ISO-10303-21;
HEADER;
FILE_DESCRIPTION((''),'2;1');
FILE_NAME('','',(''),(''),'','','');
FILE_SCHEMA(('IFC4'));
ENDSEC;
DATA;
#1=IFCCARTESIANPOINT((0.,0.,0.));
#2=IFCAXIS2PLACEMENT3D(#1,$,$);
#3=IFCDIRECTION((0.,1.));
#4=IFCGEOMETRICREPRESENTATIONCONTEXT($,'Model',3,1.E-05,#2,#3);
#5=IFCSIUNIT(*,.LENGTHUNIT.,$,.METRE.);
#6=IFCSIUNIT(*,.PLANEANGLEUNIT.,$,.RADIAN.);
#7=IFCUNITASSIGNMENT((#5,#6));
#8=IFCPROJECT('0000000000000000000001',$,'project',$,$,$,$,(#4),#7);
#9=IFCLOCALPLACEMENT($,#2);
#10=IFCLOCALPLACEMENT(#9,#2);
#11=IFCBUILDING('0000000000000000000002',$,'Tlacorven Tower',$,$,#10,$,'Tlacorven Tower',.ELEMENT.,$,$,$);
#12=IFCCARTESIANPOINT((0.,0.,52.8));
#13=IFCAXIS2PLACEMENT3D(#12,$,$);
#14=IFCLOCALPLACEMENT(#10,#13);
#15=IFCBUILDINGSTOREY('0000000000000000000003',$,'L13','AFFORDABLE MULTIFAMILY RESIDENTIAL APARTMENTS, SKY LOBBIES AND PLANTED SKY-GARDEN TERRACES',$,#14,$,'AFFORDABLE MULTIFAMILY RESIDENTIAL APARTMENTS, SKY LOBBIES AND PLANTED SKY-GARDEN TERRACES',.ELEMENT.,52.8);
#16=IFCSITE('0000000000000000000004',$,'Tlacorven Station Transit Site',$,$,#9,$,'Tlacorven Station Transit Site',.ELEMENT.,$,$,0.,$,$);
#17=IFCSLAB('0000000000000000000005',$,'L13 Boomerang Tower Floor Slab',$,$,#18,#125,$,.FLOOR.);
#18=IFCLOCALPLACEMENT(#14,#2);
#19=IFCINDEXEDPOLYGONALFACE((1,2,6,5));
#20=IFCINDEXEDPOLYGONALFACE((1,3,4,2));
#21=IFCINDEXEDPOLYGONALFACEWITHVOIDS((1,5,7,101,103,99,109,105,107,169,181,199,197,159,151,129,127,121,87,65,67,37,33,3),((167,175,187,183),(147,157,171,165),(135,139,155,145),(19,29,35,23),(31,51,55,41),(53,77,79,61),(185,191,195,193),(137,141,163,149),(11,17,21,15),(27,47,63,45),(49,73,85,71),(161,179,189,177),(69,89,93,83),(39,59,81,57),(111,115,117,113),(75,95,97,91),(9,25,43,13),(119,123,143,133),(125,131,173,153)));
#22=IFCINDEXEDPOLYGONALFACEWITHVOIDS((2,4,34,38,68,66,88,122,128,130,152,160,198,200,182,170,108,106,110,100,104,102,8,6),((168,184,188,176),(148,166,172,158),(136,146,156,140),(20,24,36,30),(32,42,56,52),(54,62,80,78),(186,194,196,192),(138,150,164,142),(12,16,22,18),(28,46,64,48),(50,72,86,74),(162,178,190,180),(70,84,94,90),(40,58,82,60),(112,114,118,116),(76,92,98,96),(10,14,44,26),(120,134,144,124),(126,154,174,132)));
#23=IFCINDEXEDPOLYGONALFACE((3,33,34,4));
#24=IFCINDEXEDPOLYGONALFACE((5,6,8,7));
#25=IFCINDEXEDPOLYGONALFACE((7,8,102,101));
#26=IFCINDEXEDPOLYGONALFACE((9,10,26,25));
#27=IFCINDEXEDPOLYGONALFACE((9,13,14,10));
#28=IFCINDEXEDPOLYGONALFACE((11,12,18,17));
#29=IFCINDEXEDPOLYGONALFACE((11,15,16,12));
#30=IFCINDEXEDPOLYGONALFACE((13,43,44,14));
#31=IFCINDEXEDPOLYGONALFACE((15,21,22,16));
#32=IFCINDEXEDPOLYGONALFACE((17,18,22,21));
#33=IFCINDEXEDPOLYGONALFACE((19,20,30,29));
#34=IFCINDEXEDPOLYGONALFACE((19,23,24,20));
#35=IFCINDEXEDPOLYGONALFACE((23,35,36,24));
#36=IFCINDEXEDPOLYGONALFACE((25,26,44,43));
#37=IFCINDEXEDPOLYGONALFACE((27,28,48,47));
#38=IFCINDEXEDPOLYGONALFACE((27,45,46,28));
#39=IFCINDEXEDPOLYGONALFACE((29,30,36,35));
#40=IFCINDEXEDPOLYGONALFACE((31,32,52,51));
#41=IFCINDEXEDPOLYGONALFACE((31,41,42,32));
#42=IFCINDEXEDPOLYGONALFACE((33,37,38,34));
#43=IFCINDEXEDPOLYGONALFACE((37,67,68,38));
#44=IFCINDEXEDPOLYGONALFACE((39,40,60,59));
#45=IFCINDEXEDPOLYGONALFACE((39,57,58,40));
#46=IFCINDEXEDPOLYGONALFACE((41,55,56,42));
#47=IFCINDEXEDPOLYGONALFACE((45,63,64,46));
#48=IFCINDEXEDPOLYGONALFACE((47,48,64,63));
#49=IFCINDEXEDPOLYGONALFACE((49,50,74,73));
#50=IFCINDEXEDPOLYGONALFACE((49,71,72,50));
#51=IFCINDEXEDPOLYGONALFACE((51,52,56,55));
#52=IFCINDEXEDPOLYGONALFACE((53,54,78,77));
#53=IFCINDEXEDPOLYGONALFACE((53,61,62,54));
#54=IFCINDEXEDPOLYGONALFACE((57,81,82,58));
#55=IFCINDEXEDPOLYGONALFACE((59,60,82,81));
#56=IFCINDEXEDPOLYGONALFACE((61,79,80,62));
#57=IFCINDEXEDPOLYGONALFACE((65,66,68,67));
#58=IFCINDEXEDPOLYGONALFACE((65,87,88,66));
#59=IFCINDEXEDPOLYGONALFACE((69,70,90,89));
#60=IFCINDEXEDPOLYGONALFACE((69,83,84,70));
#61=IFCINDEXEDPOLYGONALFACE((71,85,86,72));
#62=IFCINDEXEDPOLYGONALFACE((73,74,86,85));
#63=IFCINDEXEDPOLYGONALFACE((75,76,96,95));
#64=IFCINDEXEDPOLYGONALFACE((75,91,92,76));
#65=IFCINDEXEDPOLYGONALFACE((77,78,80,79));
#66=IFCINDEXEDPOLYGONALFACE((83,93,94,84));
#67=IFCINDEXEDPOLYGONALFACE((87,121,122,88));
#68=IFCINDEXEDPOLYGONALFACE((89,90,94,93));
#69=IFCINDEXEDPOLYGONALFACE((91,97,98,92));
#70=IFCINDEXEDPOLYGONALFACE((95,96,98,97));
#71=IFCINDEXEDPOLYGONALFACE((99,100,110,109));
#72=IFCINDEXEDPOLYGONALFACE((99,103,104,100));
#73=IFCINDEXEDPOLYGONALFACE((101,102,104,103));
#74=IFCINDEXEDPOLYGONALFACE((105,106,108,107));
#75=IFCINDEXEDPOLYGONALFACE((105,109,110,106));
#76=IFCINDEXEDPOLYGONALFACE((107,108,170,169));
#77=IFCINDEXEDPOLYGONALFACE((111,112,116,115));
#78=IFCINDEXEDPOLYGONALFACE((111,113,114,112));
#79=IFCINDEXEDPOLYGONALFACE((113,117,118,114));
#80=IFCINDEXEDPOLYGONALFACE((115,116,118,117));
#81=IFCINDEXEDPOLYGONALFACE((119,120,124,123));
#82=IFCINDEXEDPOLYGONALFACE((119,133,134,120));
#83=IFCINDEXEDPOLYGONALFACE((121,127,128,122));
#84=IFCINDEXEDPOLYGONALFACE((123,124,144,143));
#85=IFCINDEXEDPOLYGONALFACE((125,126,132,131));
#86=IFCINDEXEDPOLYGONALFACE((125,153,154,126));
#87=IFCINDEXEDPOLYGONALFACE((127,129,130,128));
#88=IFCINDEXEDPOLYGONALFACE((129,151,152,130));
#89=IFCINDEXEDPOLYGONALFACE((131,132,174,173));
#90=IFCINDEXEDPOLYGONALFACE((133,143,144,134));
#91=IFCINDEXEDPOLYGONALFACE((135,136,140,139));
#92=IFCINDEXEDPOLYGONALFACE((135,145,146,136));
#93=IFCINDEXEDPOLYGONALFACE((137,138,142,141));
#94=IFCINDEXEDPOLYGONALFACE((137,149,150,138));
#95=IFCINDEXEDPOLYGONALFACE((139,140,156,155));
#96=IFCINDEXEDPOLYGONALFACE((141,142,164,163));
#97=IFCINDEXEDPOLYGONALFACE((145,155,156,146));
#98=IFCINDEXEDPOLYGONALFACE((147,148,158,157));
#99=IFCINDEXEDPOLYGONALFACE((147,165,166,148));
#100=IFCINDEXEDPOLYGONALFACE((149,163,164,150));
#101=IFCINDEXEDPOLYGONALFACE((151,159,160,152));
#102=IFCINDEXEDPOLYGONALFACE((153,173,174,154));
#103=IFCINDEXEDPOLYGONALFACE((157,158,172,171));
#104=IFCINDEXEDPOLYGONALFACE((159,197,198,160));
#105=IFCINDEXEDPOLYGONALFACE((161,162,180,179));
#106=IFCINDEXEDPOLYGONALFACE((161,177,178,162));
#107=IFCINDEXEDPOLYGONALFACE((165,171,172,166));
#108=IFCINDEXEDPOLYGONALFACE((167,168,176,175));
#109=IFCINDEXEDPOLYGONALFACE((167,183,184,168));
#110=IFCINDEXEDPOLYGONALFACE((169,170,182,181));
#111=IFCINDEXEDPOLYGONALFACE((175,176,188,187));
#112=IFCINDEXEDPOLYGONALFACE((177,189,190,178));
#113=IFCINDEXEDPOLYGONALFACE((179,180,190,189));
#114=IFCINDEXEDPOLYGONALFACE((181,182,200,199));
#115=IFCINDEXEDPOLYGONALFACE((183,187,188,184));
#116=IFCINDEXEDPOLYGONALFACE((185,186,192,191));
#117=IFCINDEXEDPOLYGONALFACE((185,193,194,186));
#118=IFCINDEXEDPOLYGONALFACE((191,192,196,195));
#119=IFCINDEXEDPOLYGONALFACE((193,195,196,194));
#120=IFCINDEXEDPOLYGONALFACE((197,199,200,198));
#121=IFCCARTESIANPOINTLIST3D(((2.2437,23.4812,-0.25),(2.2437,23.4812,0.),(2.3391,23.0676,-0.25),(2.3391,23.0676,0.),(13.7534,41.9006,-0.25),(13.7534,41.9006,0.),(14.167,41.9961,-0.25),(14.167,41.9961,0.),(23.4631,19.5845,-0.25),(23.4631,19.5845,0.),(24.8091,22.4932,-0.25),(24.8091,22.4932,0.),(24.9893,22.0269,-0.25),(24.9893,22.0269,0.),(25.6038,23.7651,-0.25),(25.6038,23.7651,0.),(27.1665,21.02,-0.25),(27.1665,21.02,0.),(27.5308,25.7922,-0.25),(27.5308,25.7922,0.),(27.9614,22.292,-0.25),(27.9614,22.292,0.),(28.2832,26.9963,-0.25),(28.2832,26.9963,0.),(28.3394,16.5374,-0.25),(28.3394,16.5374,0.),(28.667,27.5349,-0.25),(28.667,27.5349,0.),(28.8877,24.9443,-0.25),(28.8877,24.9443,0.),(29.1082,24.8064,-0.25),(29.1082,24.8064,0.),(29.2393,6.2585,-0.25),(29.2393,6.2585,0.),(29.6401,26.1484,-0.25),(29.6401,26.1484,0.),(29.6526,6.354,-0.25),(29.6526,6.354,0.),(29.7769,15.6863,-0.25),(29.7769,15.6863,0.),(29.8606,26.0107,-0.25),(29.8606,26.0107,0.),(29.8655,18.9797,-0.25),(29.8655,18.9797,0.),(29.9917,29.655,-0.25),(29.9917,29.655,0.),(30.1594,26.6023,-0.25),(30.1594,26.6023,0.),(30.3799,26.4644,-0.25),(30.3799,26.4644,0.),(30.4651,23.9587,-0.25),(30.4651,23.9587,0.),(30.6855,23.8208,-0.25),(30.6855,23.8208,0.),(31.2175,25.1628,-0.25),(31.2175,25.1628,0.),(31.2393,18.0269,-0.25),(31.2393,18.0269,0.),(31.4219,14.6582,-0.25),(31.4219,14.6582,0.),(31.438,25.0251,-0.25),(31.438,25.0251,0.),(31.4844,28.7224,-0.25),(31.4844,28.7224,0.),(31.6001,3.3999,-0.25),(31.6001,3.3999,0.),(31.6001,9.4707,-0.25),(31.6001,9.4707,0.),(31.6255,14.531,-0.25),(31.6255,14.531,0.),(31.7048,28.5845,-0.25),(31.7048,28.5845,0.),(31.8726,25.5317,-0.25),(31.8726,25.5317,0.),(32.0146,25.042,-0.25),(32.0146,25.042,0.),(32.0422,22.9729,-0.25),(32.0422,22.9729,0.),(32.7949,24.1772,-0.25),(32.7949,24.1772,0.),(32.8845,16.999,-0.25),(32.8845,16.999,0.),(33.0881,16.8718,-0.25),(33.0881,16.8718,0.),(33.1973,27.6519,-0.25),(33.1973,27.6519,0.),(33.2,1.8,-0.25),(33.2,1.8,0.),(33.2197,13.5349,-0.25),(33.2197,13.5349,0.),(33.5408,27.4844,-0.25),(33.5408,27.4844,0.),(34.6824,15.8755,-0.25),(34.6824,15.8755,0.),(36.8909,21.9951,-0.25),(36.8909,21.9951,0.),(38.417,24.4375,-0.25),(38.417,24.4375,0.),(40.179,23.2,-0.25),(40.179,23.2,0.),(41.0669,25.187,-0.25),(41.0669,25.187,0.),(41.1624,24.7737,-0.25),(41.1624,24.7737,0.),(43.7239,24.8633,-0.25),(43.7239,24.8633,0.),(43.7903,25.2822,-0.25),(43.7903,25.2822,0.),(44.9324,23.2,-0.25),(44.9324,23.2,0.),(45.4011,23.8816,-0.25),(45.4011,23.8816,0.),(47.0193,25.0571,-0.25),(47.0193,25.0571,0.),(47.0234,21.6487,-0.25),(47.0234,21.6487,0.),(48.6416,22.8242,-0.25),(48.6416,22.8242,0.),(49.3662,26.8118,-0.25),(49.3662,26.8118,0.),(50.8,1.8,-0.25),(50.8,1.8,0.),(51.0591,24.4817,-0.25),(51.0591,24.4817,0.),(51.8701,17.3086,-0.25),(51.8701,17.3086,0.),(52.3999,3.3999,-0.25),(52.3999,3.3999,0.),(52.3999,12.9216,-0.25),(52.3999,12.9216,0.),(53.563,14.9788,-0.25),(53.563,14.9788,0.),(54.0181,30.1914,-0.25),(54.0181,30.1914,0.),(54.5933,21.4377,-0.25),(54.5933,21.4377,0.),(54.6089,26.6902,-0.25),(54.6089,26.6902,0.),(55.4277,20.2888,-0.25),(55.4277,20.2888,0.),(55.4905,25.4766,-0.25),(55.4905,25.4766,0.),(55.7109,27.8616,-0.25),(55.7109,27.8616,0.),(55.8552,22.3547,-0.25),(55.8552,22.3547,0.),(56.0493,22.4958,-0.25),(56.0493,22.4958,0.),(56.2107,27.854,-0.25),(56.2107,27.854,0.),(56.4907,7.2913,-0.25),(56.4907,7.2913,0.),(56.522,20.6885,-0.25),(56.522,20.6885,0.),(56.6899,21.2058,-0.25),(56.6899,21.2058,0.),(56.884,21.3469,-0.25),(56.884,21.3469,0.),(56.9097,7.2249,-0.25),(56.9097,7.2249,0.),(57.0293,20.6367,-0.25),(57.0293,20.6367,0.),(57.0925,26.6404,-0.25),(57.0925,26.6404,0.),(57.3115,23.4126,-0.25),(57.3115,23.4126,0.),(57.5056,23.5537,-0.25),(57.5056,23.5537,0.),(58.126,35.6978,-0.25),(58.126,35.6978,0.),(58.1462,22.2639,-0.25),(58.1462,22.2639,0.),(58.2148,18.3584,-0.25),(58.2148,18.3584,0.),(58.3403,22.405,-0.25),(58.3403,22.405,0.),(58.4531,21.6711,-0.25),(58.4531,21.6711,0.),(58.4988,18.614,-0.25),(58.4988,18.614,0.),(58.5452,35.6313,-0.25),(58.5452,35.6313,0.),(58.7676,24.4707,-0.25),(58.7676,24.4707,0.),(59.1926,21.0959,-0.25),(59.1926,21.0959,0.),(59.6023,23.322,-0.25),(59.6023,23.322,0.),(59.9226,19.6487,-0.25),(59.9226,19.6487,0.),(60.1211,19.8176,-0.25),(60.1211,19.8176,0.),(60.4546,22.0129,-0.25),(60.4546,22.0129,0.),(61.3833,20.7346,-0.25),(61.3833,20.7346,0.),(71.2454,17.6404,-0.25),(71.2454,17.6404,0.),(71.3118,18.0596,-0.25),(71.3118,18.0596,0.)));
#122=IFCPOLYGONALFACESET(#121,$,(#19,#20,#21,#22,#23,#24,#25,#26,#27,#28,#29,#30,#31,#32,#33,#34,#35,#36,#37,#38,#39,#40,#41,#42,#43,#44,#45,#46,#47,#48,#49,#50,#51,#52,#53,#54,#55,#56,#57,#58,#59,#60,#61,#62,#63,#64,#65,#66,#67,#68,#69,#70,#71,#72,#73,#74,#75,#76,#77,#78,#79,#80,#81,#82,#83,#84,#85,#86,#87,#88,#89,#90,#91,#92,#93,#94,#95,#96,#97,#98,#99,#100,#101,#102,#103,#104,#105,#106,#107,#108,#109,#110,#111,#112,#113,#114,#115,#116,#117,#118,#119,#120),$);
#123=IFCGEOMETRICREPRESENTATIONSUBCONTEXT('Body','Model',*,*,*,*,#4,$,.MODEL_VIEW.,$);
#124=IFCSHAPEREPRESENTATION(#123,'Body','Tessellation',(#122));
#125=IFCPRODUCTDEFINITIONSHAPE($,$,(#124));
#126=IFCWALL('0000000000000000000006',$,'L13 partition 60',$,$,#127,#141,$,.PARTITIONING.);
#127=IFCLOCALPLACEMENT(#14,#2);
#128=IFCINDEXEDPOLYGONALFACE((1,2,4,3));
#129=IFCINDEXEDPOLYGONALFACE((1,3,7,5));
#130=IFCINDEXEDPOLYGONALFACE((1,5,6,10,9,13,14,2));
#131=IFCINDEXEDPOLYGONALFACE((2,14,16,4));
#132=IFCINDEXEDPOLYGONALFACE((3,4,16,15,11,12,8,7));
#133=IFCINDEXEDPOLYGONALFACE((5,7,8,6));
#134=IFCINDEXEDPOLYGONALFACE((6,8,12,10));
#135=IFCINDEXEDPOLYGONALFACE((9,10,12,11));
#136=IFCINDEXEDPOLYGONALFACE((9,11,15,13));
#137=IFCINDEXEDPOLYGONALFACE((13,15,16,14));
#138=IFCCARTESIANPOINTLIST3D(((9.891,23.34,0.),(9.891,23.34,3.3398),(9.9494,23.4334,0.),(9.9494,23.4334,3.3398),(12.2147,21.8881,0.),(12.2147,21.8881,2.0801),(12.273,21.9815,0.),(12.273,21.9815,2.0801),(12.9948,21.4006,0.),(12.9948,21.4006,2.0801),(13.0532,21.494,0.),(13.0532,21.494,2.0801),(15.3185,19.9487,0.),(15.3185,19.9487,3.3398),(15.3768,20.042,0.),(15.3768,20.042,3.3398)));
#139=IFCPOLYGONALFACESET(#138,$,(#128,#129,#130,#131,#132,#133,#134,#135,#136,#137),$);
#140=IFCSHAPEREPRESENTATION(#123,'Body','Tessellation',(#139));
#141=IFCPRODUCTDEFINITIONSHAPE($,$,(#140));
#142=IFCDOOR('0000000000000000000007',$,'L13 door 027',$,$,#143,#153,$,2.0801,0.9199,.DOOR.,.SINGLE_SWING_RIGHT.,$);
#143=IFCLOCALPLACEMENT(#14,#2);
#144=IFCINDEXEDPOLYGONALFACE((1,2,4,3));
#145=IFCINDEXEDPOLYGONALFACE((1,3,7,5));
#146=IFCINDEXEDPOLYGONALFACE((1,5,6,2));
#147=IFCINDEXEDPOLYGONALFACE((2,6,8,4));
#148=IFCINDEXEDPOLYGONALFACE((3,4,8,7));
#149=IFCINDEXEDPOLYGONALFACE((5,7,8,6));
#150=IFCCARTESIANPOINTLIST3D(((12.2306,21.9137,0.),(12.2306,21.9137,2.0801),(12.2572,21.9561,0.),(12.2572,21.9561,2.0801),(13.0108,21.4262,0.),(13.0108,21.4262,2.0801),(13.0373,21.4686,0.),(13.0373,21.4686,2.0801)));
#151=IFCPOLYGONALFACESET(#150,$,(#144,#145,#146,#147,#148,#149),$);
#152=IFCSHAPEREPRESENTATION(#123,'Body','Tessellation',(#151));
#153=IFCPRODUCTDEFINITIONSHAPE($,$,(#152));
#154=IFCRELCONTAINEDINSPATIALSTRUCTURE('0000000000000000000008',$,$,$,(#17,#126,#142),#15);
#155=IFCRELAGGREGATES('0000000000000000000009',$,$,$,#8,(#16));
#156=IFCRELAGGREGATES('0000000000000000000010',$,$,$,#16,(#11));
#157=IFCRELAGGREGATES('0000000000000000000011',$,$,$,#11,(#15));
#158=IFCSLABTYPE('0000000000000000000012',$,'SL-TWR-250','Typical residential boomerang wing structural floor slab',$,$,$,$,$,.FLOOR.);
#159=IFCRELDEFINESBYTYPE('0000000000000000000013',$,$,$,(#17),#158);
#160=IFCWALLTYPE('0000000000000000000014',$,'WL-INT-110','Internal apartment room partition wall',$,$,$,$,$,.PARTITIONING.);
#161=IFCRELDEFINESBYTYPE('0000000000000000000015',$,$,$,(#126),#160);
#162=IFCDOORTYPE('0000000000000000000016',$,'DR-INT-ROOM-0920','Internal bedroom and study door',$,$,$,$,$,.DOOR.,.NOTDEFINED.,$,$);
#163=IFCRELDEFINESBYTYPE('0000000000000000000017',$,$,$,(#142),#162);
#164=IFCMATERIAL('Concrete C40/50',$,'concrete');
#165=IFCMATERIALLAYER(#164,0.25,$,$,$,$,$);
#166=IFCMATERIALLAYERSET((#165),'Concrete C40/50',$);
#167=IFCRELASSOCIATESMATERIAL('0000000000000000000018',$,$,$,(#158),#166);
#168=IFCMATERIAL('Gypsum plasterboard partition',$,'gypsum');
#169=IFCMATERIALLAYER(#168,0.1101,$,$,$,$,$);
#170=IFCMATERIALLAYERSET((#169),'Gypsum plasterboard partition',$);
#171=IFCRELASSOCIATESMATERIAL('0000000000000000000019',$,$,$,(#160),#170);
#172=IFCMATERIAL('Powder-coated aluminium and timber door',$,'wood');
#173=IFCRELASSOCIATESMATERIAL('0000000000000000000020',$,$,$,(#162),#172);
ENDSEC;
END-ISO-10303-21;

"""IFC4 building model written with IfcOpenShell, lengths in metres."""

from ifc_helpers import new_model, si_unit, direction, frame, frame_2d, origin, place, context, subcontext, project, spatial, polyline, rectangle, outline, extrude, source, transform, mapped, material, layer, layer_set, type_object, element, fill, save


model = new_model("IFC4")

# Units and contexts
model_context = context("Model", 3, precision=1e-05, world=origin(), true_north=direction((0.0, 1.0)))
body_context = subcontext(model_context, "Body", "Model", "MODEL_VIEW")
ifc_project = project(units=[si_unit("LENGTHUNIT", "METRE"), si_unit("PLANEANGLEUNIT", "RADIAN")], contexts=[model_context])

# Site, building, storey
site_placement = place(None, origin())
site = spatial("IfcSite", under=ifc_project, at=site_placement, Name="Tlacorven Station Transit Site", LongName="Tlacorven Station Transit Site", CompositionType="ELEMENT", RefElevation=0.0)
building_placement = place(site_placement, origin())
building = spatial("IfcBuilding", under=site, at=building_placement, Name="Tlacorven Tower", LongName="Tlacorven Tower", CompositionType="ELEMENT")
storey_placement = place(building_placement, frame((0.0, 0.0, 52.8)))
storey = spatial("IfcBuildingStorey", under=building, at=storey_placement, Name="L13", Description="AFFORDABLE MULTIFAMILY RESIDENTIAL APARTMENTS, SKY LOBBIES AND PLANTED SKY-GARDEN TERRACES", LongName="AFFORDABLE MULTIFAMILY RESIDENTIAL APARTMENTS, SKY LOBBIES AND PLANTED SKY-GARDEN TERRACES", CompositionType="ELEMENT", Elevation=52.8)

# Shared definitions
ifc_material_1 = material(Name="Concrete C40/50", Category="concrete")

# Slab
ifc_layer_1 = layer(ifc_material_1, 0.25)
ifc_layer_set_1 = layer_set([ifc_layer_1], Name="Concrete C40/50")
slab_type_1 = type_object("IfcSlabType", Name="SL-TWR-250", Description="Typical residential boomerang wing structural floor slab", PredefinedType="FLOOR", material=ifc_layer_set_1)
slab_1_placement = place(storey_placement, frame((0.0, 0.0, -0.25)))
element("IfcSlab", 1, at=slab_1_placement, inside=storey, type_object=slab_type_1, Name="L13 Boomerang Tower Floor Slab", PredefinedType="FLOOR", context=body_context, shape_type="SweptSolid", body=[
    extrude(outline(polyline([(52.3999, 3.3999), (50.8, 1.8), (33.2, 1.8), (31.6001, 3.3999), (31.6001, 9.4707), (29.6526, 6.354), (29.2393, 6.2585), (2.3391, 23.0676), (2.2437, 23.4812), (13.7534, 41.9006), (14.167, 41.9961), (41.0669, 25.187), (41.1624, 24.7737), (40.179, 23.2), (44.9324, 23.2), (43.7239, 24.8633), (43.7903, 25.2822), (58.126, 35.6978), (58.5452, 35.6313), (71.3118, 18.0596), (71.2454, 17.6404), (56.9097, 7.2249), (56.4907, 7.2913), (52.3999, 12.9216), (52.3999, 3.3999)]), holes=[polyline([(29.8655, 18.9797), (24.9893, 22.0269), (23.4631, 19.5845), (28.3394, 16.5374), (29.8655, 18.9797)]), polyline([(38.417, 24.4375), (33.5408, 27.4844), (32.0146, 25.042), (36.8909, 21.9951), (38.417, 24.4375)]), polyline([(51.0591, 24.4817), (55.7109, 27.8616), (54.0181, 30.1914), (49.3662, 26.8118), (51.0591, 24.4817)]), polyline([(53.563, 14.9788), (58.2148, 18.3584), (56.522, 20.6885), (51.8701, 17.3086), (53.563, 14.9788)]), polyline([(34.6824, 15.8755), (33.0881, 16.8718), (31.6255, 14.531), (33.2197, 13.5349), (34.6824, 15.8755)]), polyline([(32.8845, 16.999), (31.2393, 18.0269), (29.7769, 15.6863), (31.4219, 14.6582), (32.8845, 16.999)]), polyline([(47.0234, 21.6487), (48.6416, 22.8242), (47.0193, 25.0571), (45.4011, 23.8816), (47.0234, 21.6487)]), polyline([(33.1973, 27.6519), (31.7048, 28.5845), (30.3799, 26.4644), (31.8726, 25.5317), (33.1973, 27.6519)]), polyline([(31.4844, 28.7224), (29.9917, 29.655), (28.667, 27.5349), (30.1594, 26.6023), (31.4844, 28.7224)]), polyline([(32.7949, 24.1772), (31.438, 25.0251), (30.6855, 23.8208), (32.0422, 22.9729), (32.7949, 24.1772)]), polyline([(31.2175, 25.1628), (29.8606, 26.0107), (29.1082, 24.8064), (30.4651, 23.9587), (31.2175, 25.1628)]), polyline([(29.6401, 26.1484), (28.2832, 26.9963), (27.5308, 25.7922), (28.8877, 24.9443), (29.6401, 26.1484)]), polyline([(55.4277, 20.2888), (56.6899, 21.2058), (55.8552, 22.3547), (54.5933, 21.4377), (55.4277, 20.2888)]), polyline([(56.884, 21.3469), (58.1462, 22.2639), (57.3115, 23.4126), (56.0493, 22.4958), (56.884, 21.3469)]), polyline([(58.3403, 22.405), (59.6023, 23.322), (58.7676, 24.4707), (57.5056, 23.5537), (58.3403, 22.405)]), polyline([(58.4988, 18.614), (59.9226, 19.6487), (58.4531, 21.6711), (57.0293, 20.6367), (58.4988, 18.614)]), polyline([(27.9614, 22.292), (25.6038, 23.7651), (24.8091, 22.4932), (27.1665, 21.02), (27.9614, 22.292)]), polyline([(55.4905, 25.4766), (57.0925, 26.6404), (56.2107, 27.854), (54.6089, 26.6902), (55.4905, 25.4766)]), polyline([(60.1211, 19.8176), (61.3833, 20.7346), (60.4546, 22.0129), (59.1926, 21.0959), (60.1211, 19.8176)])]), origin(), (0.0, 0.0, 1.0), 0.25),
])

# Wall, opening, door
ifc_material_2 = material(Name="Gypsum plasterboard partition", Category="gypsum")
ifc_layer_2 = layer(ifc_material_2, 0.1101)
ifc_layer_set_2 = layer_set([ifc_layer_2], Name="Gypsum plasterboard partition")
wall_type_1 = type_object("IfcWallType", Name="WL-INT-110", Description="Internal apartment room partition wall", PredefinedType="PARTITIONING", material=ifc_layer_set_2)
wall_1_placement = place(storey_placement, frame((15.3477, 19.9954, 0.0), z_axis=(0.0, 0.0, 1.0), x_axis=(-0.848056, 0.529906, 0.0)))
wall_1 = element("IfcWall", 2, at=wall_1_placement, inside=storey, type_object=wall_type_1, Name="L13 partition 60", PredefinedType="PARTITIONING", context=body_context, shape_type="SweptSolid", body=[
    extrude(rectangle(XDim=6.3999, YDim=0.1101, at=frame_2d((3.2, 0.0))), origin(), (0.0, 0.0, 1.0), 3.3398),
])
opening_1_placement = place(wall_1_placement, frame((2.74, 0.0, 0.0)))
opening_1 = element("IfcOpeningElement", 3, at=opening_1_placement, cuts=wall_1, PredefinedType="OPENING", context=body_context, shape_type="SweptSolid", body=[
    extrude(rectangle(XDim=0.9199, YDim=2.0801, at=frame_2d((0.46, 1.04))), frame((0.0, 0.0649, 0.0), z_axis=(0.0, -1.0, 0.0), x_axis=(1.0, 0.0, 0.0)), (0.0, 0.0, 1.0), 0.1301),
])
ifc_material_3 = material(Name="Powder-coated aluminium and timber door", Category="wood")
door_type = type_object("IfcDoorType", Name="DR-INT-ROOM-0920", Description="Internal bedroom and study door", OperationType="NOTDEFINED", PredefinedType="DOOR", material=ifc_material_3)
shared_shape_1 = source(origin(), body_context, "Body", "SweptSolid", [
    extrude(rectangle(XDim=0.9199, YDim=2.0801, at=frame_2d((0.46, 1.04))), frame((0.0, 0.0249, 0.0), z_axis=(0.0, -1.0, 0.0), x_axis=(1.0, 0.0, 0.0)), (0.0, 0.0, 1.0), 0.05),
])
door_1_placement = place(opening_1_placement, origin())
door_1 = element("IfcDoor", 4, at=door_1_placement, inside=storey, type_object=door_type, Name="L13 door 027", OperationType="SINGLE_SWING_RIGHT", OverallHeight=2.0801, OverallWidth=0.9199, PredefinedType="DOOR", context=body_context, shape_type="MappedRepresentation", body=[
    mapped(shared_shape_1, transform((0.0, 0.0, 0.0), scale=1.0)),
])
fill(opening_1, door_1)

save(model, "model.ifc")
